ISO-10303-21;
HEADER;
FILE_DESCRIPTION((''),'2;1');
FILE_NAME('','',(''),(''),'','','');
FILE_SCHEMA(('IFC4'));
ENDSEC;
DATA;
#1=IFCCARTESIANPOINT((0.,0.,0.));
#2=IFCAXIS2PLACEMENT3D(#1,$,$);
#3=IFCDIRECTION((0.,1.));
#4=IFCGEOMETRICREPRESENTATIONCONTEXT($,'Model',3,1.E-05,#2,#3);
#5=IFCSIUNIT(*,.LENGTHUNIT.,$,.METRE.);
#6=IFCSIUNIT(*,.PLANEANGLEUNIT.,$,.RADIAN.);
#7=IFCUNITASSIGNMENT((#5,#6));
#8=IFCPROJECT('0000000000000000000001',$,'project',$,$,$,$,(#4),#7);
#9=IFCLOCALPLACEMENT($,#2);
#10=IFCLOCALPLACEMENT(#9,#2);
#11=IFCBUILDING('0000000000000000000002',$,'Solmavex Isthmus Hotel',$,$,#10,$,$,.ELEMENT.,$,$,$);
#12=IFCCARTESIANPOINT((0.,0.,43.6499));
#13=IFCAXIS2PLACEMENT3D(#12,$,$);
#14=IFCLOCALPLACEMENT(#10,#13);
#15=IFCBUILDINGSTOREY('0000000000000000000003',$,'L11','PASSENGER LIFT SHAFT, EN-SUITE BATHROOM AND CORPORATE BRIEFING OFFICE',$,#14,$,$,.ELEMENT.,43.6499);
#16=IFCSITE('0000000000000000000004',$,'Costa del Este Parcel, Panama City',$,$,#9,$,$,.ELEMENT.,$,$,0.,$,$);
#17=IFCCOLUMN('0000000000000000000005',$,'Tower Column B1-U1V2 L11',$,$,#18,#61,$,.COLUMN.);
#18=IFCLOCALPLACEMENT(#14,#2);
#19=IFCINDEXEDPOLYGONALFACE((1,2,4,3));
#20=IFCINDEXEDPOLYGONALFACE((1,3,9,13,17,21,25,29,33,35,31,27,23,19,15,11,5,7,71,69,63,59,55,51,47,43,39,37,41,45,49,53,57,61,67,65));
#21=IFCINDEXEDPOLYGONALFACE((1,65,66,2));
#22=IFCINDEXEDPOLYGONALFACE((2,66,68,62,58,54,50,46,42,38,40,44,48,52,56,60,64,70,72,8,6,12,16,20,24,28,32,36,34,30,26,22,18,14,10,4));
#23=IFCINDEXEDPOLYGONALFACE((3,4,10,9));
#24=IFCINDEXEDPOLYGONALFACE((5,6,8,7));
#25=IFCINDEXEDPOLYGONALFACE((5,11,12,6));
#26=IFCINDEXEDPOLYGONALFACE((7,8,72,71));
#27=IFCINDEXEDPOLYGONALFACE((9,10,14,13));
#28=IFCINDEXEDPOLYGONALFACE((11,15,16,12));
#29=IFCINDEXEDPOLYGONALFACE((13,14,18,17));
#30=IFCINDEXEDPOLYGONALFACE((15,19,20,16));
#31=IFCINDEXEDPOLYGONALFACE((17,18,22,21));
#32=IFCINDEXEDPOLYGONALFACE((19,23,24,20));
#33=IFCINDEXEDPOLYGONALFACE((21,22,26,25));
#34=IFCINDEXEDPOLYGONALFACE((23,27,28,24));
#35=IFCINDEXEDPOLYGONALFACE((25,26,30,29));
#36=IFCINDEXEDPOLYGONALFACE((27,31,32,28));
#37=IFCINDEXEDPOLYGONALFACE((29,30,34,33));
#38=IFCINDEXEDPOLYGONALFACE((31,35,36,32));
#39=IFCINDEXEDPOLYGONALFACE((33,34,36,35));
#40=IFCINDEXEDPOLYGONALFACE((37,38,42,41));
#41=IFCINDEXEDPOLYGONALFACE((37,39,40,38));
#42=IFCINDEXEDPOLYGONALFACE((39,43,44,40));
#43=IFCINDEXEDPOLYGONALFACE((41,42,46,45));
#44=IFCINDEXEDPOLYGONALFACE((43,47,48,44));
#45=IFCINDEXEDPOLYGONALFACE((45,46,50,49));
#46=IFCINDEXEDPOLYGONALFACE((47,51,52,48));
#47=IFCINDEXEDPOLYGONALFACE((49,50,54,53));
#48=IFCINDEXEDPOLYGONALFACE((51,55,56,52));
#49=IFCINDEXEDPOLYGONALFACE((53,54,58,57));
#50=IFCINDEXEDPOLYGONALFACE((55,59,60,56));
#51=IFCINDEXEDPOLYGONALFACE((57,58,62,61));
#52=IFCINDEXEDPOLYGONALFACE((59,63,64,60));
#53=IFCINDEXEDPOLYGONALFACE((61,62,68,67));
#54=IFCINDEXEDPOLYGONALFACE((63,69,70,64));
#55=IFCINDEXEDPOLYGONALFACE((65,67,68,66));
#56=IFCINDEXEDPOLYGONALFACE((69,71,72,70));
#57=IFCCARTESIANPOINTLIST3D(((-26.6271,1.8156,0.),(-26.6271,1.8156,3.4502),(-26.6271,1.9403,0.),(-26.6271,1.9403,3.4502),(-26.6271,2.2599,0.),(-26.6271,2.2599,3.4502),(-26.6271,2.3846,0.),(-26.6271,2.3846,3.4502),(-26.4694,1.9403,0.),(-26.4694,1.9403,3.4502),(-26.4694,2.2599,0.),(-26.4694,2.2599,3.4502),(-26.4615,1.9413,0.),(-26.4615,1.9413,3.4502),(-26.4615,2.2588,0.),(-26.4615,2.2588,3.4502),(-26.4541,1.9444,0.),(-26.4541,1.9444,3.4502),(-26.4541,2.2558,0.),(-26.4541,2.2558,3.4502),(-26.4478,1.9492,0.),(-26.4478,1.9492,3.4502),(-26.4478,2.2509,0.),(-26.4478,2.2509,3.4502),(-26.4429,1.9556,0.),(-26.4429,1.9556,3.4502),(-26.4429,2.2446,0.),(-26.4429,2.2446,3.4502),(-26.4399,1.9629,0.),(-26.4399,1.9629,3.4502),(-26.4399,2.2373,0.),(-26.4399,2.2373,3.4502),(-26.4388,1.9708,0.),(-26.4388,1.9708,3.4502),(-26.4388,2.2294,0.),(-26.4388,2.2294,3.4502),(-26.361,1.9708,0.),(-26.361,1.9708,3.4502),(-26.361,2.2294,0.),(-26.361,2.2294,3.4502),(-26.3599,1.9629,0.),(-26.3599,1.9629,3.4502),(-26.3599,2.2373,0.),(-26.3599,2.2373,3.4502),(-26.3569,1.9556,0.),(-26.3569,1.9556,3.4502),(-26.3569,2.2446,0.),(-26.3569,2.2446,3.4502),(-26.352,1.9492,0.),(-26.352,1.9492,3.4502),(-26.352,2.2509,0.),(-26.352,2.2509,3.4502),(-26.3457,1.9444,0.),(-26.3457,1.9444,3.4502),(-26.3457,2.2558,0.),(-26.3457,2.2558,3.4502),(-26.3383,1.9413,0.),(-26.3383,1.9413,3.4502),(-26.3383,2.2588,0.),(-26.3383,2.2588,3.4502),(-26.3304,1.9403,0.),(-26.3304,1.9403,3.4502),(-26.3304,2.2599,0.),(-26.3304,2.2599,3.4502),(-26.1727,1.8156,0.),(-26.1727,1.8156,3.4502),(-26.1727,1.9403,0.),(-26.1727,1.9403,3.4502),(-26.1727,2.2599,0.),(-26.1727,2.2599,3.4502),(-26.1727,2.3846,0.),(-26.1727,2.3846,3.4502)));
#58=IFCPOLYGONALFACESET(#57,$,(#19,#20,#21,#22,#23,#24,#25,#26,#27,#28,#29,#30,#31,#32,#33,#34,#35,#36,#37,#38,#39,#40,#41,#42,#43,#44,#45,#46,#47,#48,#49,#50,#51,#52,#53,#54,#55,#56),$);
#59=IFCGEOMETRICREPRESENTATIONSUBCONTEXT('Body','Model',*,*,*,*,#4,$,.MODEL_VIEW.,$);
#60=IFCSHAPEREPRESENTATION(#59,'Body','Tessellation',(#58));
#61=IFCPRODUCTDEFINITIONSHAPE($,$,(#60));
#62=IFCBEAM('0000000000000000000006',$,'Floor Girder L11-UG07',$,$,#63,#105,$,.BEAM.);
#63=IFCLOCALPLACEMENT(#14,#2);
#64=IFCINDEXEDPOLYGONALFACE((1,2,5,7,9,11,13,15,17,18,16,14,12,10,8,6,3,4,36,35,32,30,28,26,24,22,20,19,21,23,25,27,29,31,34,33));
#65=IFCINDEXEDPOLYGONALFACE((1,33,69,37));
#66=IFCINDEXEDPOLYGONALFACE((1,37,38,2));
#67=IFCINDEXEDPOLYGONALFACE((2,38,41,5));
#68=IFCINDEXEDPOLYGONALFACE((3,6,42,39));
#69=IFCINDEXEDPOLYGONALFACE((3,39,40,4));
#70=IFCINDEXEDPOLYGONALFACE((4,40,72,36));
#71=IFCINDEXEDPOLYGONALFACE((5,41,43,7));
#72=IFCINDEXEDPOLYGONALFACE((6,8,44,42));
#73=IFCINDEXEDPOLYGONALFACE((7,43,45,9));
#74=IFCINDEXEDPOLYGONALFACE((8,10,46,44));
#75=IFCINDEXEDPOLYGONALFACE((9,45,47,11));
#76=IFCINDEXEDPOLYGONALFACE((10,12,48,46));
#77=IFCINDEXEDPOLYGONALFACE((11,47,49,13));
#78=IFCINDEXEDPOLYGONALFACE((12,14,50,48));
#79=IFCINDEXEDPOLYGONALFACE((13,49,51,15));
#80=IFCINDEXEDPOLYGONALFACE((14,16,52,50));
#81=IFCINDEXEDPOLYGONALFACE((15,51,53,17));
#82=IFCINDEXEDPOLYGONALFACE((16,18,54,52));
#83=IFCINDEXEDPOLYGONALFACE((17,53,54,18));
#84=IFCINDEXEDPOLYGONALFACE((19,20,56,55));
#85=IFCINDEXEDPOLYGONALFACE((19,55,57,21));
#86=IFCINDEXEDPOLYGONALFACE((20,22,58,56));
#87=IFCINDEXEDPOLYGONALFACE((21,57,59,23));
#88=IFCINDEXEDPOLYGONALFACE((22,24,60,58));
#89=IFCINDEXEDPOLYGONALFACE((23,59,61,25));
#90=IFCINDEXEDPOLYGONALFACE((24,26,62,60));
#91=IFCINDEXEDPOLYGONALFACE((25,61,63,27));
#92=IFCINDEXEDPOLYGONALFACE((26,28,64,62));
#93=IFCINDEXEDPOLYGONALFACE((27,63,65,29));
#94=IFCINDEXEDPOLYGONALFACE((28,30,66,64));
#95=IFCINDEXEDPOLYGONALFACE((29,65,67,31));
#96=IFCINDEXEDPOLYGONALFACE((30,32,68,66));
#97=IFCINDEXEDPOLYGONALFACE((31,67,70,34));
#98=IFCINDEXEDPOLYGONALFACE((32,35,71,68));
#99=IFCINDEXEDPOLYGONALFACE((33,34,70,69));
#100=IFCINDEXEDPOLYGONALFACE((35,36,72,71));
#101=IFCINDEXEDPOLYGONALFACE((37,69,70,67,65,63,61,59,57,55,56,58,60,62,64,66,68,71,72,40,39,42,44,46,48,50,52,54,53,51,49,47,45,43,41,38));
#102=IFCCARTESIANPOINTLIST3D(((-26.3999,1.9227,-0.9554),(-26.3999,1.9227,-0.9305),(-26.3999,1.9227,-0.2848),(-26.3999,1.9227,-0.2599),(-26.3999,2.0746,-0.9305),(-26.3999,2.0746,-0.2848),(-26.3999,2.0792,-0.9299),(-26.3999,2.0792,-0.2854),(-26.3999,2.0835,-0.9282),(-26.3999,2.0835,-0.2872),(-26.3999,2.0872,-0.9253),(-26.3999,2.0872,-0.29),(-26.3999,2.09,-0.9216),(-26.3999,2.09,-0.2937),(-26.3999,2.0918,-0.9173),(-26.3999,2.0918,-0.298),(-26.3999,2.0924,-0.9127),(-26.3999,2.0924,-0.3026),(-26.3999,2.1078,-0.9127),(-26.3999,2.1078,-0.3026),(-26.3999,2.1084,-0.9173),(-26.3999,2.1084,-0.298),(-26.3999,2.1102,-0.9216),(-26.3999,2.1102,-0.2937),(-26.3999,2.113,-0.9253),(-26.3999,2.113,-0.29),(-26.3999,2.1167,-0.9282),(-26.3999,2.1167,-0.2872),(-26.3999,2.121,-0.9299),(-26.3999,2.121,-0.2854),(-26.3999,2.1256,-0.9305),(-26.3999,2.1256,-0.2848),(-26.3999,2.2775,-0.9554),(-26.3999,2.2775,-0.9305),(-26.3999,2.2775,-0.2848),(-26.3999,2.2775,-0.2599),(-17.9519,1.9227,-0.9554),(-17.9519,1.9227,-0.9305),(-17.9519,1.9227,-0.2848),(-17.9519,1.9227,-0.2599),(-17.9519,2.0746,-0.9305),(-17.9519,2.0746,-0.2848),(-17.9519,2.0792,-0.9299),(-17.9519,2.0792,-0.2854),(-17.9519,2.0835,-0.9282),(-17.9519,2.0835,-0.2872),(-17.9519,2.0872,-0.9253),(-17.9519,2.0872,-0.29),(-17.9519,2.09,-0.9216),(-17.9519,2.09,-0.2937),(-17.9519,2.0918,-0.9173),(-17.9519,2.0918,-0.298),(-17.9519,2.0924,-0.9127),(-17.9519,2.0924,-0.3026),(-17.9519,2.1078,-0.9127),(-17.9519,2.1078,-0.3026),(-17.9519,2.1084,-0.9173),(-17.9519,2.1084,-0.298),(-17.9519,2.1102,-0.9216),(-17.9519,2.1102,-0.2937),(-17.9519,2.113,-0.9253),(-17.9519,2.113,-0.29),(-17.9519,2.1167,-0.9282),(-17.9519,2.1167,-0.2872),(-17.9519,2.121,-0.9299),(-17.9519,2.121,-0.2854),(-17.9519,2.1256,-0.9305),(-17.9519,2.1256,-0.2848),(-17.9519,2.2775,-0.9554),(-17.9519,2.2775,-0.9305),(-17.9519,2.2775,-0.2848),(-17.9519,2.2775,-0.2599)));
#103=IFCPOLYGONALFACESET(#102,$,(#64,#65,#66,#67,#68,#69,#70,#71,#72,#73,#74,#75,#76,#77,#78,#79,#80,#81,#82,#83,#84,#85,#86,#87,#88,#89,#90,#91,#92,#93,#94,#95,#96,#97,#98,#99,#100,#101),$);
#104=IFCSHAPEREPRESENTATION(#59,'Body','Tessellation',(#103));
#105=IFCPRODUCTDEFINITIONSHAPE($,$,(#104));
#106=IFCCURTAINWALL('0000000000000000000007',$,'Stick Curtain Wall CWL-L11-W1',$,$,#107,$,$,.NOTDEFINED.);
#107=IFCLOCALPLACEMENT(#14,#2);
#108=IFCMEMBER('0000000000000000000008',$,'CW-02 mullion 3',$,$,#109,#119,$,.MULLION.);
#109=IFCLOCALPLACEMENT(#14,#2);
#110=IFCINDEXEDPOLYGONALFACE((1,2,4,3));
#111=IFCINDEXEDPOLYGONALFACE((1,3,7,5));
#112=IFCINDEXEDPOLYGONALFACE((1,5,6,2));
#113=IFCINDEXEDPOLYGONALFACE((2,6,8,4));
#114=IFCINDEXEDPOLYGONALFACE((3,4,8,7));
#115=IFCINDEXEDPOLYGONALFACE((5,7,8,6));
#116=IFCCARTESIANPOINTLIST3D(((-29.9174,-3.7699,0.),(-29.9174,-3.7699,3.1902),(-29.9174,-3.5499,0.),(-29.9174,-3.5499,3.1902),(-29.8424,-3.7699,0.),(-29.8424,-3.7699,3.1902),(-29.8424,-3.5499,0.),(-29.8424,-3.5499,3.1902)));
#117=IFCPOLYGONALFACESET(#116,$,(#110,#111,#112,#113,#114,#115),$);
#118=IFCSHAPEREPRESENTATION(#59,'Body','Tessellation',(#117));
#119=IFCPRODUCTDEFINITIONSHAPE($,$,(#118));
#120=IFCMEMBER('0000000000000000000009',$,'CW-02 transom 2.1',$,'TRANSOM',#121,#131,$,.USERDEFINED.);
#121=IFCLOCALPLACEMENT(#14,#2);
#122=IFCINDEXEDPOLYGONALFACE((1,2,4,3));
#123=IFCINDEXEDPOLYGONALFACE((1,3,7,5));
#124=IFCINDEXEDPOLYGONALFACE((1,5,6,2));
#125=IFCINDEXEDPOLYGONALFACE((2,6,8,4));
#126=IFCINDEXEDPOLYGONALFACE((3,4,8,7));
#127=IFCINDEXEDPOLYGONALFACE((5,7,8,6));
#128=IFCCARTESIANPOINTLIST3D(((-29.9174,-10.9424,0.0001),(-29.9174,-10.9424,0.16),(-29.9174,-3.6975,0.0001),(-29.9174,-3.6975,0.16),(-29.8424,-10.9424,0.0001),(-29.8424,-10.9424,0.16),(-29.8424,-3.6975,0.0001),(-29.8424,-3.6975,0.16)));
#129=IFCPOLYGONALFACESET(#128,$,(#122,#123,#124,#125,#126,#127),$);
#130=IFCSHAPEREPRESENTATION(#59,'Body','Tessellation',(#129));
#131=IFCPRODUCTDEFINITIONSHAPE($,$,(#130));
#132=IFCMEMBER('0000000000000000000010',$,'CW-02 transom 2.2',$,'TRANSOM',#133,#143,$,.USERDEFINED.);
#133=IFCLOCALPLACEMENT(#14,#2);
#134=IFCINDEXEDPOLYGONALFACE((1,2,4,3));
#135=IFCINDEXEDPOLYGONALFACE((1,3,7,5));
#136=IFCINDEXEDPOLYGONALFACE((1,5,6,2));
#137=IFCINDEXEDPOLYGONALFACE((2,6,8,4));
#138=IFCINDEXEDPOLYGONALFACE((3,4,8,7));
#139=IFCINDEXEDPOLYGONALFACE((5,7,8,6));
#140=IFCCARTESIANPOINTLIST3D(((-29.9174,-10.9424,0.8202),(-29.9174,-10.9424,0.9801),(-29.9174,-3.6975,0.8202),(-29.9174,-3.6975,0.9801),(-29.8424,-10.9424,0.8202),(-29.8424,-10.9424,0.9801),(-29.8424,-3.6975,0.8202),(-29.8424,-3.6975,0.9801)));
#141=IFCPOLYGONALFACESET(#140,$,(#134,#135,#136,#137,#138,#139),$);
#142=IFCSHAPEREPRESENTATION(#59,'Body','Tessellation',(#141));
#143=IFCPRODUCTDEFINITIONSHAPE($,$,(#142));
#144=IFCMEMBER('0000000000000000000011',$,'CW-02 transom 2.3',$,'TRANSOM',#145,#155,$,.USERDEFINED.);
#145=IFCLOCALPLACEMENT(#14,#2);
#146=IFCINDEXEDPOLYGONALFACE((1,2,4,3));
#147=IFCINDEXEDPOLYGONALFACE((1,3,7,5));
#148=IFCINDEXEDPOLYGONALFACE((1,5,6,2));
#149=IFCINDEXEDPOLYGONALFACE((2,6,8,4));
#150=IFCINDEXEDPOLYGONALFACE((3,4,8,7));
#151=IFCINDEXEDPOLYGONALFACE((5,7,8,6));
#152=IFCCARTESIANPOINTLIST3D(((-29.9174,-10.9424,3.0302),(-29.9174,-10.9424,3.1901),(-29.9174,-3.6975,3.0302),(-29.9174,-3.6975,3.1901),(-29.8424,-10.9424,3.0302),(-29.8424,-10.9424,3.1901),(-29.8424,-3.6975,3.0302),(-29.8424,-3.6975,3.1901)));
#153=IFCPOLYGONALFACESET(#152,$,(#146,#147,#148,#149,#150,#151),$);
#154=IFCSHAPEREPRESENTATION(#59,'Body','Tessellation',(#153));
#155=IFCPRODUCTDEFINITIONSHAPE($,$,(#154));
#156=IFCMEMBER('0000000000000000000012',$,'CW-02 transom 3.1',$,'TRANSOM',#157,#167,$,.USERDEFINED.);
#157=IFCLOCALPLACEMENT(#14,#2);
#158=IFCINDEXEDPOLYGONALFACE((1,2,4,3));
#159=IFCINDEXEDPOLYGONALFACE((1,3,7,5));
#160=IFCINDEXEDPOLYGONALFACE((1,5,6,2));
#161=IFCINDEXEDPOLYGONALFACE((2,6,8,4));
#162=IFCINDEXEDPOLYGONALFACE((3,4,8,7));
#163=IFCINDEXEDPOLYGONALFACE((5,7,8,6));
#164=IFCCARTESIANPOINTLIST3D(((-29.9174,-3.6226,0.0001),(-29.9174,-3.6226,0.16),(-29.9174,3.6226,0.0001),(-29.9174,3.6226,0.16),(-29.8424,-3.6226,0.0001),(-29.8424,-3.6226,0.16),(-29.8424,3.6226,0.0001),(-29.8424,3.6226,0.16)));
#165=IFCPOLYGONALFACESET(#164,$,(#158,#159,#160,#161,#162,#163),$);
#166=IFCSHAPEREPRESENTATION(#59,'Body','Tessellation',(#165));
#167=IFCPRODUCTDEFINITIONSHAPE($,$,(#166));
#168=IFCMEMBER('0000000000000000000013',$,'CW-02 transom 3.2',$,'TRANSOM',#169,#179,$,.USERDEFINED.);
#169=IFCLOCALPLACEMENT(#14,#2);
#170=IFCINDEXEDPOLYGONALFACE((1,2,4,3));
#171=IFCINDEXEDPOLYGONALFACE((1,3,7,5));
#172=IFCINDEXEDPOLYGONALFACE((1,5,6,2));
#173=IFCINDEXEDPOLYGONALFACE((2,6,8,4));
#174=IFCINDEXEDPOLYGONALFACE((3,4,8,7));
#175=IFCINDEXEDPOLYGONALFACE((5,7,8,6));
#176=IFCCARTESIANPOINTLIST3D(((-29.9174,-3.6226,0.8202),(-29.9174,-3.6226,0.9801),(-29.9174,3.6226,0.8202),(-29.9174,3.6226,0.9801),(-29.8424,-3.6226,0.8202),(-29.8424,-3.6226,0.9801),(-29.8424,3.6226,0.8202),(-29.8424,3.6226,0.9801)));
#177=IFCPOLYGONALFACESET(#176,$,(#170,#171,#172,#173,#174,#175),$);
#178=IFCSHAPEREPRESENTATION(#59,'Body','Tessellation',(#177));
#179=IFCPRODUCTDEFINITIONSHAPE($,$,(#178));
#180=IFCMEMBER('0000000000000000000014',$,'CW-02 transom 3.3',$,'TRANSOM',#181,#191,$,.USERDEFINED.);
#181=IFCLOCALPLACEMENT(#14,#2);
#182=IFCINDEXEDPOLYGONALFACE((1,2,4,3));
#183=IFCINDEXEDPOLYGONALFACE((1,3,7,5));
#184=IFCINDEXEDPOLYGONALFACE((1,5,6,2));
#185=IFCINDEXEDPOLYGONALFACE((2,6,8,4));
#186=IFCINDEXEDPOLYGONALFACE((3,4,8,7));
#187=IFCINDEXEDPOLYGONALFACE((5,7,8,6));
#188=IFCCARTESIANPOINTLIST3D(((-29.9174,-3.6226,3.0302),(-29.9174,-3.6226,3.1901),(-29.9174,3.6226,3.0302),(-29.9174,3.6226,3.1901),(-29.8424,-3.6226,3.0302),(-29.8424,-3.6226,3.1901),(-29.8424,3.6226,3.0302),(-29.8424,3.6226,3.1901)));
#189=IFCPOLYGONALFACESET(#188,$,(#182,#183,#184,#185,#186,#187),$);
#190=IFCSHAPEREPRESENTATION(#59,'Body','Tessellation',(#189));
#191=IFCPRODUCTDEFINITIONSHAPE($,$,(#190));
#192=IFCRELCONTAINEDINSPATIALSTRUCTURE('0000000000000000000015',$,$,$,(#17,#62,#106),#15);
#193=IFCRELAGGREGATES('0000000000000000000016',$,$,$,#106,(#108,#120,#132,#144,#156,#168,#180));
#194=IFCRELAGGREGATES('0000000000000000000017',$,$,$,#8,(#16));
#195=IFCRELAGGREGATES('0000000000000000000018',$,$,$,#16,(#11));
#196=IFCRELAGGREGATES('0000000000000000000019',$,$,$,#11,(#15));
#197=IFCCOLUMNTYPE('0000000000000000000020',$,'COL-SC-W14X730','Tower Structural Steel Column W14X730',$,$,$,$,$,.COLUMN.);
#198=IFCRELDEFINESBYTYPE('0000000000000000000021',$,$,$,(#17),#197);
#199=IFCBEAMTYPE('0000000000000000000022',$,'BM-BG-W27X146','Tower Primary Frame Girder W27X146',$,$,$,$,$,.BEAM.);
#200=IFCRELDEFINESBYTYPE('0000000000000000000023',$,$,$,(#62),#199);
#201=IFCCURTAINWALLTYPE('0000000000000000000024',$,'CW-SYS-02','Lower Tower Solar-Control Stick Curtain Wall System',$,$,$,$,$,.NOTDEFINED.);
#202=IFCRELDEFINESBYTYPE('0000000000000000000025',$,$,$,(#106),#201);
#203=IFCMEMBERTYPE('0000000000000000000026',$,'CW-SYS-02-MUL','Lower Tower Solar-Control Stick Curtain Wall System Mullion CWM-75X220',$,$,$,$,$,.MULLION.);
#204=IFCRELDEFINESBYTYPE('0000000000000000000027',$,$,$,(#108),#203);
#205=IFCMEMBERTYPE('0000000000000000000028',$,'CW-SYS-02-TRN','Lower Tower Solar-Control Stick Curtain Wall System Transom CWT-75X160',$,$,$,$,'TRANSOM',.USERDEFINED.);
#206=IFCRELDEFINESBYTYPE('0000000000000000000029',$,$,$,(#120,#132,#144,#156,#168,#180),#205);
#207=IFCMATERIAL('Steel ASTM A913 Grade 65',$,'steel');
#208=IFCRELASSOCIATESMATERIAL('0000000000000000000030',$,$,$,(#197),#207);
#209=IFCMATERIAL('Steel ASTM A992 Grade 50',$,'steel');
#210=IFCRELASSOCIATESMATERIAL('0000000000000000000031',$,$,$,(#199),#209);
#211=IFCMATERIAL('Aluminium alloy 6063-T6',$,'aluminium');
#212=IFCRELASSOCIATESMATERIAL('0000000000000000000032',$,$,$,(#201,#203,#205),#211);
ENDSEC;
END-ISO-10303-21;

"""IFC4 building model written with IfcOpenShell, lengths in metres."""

from ifc_helpers import new_model, si_unit, direction, frame, origin, origin_2d, place, context, subcontext, project, spatial, rectangle, i_section, extrude, material, material_profile, profile_set, type_object, element, aggregate, save


model = new_model("IFC4")

# Units and contexts
model_context = context("Model", 3, precision=1e-05, world=origin(), true_north=direction((0.0, 1.0)))
body_context = subcontext(model_context, "Body", "Model", "MODEL_VIEW")
ifc_project = project(units=[si_unit("LENGTHUNIT", "METRE"), si_unit("PLANEANGLEUNIT", "RADIAN")], contexts=[model_context])

# Site, building, storey
site_placement = place(None, origin())
site = spatial("IfcSite", under=ifc_project, at=site_placement, Name="Costa del Este Parcel, Panama City", CompositionType="ELEMENT", RefElevation=0.0)
building_placement = place(site_placement, origin())
building = spatial("IfcBuilding", under=site, at=building_placement, Name="Solmavex Isthmus Hotel", CompositionType="ELEMENT")
storey_placement = place(building_placement, frame((0.0, 0.0, 43.6499)))
storey = spatial("IfcBuildingStorey", under=building, at=storey_placement, Name="L11", Description="PASSENGER LIFT SHAFT, EN-SUITE BATHROOM AND CORPORATE BRIEFING OFFICE", CompositionType="ELEMENT", Elevation=43.6499)

# Column
ifc_material_1 = material(Name="Steel ASTM A913 Grade 65", Category="steel")
ifc_material_profile_1 = material_profile(ifc_material_1, i_section(OverallWidth=0.4543, OverallDepth=0.5691, WebThickness=0.0779, FlangeThickness=0.1248, FilletRadius=0.0305, at=origin_2d()), Name="W14X730")
ifc_profile_set_1 = profile_set([ifc_material_profile_1], Name="Steel ASTM A913 Grade 65")
column_type = type_object("IfcColumnType", Name="COL-SC-W14X730", Description="Tower Structural Steel Column W14X730", PredefinedType="COLUMN", material=ifc_profile_set_1)
column_placement = place(storey_placement, frame((-26.3999, 2.1001, 0.0), z_axis=(0.0, 0.0, 1.0), x_axis=(1.0, 0.0, 0.0)))
element("IfcColumn", 1, at=column_placement, inside=storey, type_object=column_type, Name="Tower Column B1-U1V2 L11", PredefinedType="COLUMN", context=body_context, shape_type="SweptSolid", body=[
    extrude(i_section(OverallWidth=0.4543, OverallDepth=0.5691, WebThickness=0.0779, FlangeThickness=0.1248, FilletRadius=0.0305, at=origin_2d()), origin(), (0.0, 0.0, 1.0), 3.4502),
])

# Beam
ifc_material_2 = material(Name="Steel ASTM A992 Grade 50", Category="steel")
ifc_material_profile_2 = material_profile(ifc_material_2, i_section(OverallWidth=0.3547, OverallDepth=0.6956, WebThickness=0.0154, FlangeThickness=0.0249, FilletRadius=0.0178, at=origin_2d()), Name="W27X146")
ifc_profile_set_2 = profile_set([ifc_material_profile_2], Name="Steel ASTM A992 Grade 50")
beam_type = type_object("IfcBeamType", Name="BM-BG-W27X146", Description="Tower Primary Frame Girder W27X146", PredefinedType="BEAM", material=ifc_profile_set_2)
beam_placement = place(storey_placement, frame((-26.3999, 2.1001, -0.6077), z_axis=(1.0, 0.0, 0.0), x_axis=(0.0, 1.0, 0.0)))
element("IfcBeam", 2, at=beam_placement, inside=storey, type_object=beam_type, Name="Floor Girder L11-UG07", PredefinedType="BEAM", context=body_context, shape_type="SweptSolid", body=[
    extrude(i_section(OverallWidth=0.3547, OverallDepth=0.6956, WebThickness=0.0154, FlangeThickness=0.0249, FilletRadius=0.0178, at=origin_2d()), origin(), (0.0, 0.0, 1.0), 8.448),
])

# Curtain wall, members
ifc_material_3 = material(Name="Aluminium alloy 6063-T6", Category="aluminium")
curtain_wall_type = type_object("IfcCurtainWallType", Name="CW-SYS-02", Description="Lower Tower Solar-Control Stick Curtain Wall System", PredefinedType="NOTDEFINED", material=ifc_material_3)
curtain_wall_placement = place(storey_placement, origin())
curtain_wall = element("IfcCurtainWall", 3, at=curtain_wall_placement, inside=storey, type_object=curtain_wall_type, Name="Stick Curtain Wall CWL-L11-W1", PredefinedType="NOTDEFINED")
ifc_material_profile_3 = material_profile(ifc_material_3, rectangle(XDim=0.075, YDim=0.22, at=origin_2d()), Name="CWM-75X220")
ifc_profile_set_3 = profile_set([ifc_material_profile_3], Name="Aluminium alloy 6063-T6")
member_type_1 = type_object("IfcMemberType", Name="CW-SYS-02-MUL", Description="Lower Tower Solar-Control Stick Curtain Wall System Mullion CWM-75X220", PredefinedType="MULLION", material=ifc_profile_set_3)
member_1_placement = place(storey_placement, frame((-29.8799, -3.6599, 0.0), z_axis=(0.0, 0.0, 1.0), x_axis=(-1.0, 0.0, 0.0)))
member_1 = element("IfcMember", 4, at=member_1_placement, type_object=member_type_1, Name="CW-02 mullion 3", PredefinedType="MULLION", context=body_context, shape_type="SweptSolid", body=[
    extrude(rectangle(XDim=0.075, YDim=0.22, at=origin_2d()), origin(), (0.0, 0.0, 1.0), 3.1902),
])
ifc_material_profile_4 = material_profile(ifc_material_3, rectangle(XDim=0.075, YDim=0.1599, at=origin_2d()), Name="CWT-75X160")
ifc_profile_set_4 = profile_set([ifc_material_profile_4], Name="Aluminium alloy 6063-T6")
member_type_2 = type_object("IfcMemberType", Name="CW-SYS-02-TRN", Description="Lower Tower Solar-Control Stick Curtain Wall System Transom CWT-75X160", ElementType="TRANSOM", PredefinedType="USERDEFINED", material=ifc_profile_set_4)
member_2_placement = place(storey_placement, frame((-29.8799, -10.9424, 0.0801), z_axis=(0.0, 1.0, 0.0), x_axis=(-1.0, 0.0, 0.0)))
member_2 = element("IfcMember", 5, at=member_2_placement, type_object=member_type_2, Name="CW-02 transom 2.1", ObjectType="TRANSOM", PredefinedType="USERDEFINED", context=body_context, shape_type="SweptSolid", body=[
    extrude(rectangle(XDim=0.075, YDim=0.1599, at=origin_2d()), origin(), (0.0, 0.0, 1.0), 7.2449),
])
member_3_placement = place(storey_placement, frame((-29.8799, -10.9424, 0.9001), z_axis=(0.0, 1.0, 0.0), x_axis=(-1.0, 0.0, 0.0)))
member_3 = element("IfcMember", 6, at=member_3_placement, type_object=member_type_2, Name="CW-02 transom 2.2", ObjectType="TRANSOM", PredefinedType="USERDEFINED", context=body_context, shape_type="SweptSolid", body=[
    extrude(rectangle(XDim=0.075, YDim=0.1599, at=origin_2d()), origin(), (0.0, 0.0, 1.0), 7.2449),
])
member_4_placement = place(storey_placement, frame((-29.8799, -10.9424, 3.1101), z_axis=(0.0, 1.0, 0.0), x_axis=(-1.0, 0.0, 0.0)))
member_4 = element("IfcMember", 7, at=member_4_placement, type_object=member_type_2, Name="CW-02 transom 2.3", ObjectType="TRANSOM", PredefinedType="USERDEFINED", context=body_context, shape_type="SweptSolid", body=[
    extrude(rectangle(XDim=0.075, YDim=0.1599, at=origin_2d()), origin(), (0.0, 0.0, 1.0), 7.2449),
])
member_5_placement = place(storey_placement, frame((-29.8799, -3.6226, 0.0801), z_axis=(0.0, 1.0, 0.0), x_axis=(-1.0, 0.0, 0.0)))
member_5 = element("IfcMember", 8, at=member_5_placement, type_object=member_type_2, Name="CW-02 transom 3.1", ObjectType="TRANSOM", PredefinedType="USERDEFINED", context=body_context, shape_type="SweptSolid", body=[
    extrude(rectangle(XDim=0.075, YDim=0.1599, at=origin_2d()), origin(), (0.0, 0.0, 1.0), 7.2451),
])
member_6_placement = place(storey_placement, frame((-29.8799, -3.6226, 0.9001), z_axis=(0.0, 1.0, 0.0), x_axis=(-1.0, 0.0, 0.0)))
member_6 = element("IfcMember", 9, at=member_6_placement, type_object=member_type_2, Name="CW-02 transom 3.2", ObjectType="TRANSOM", PredefinedType="USERDEFINED", context=body_context, shape_type="SweptSolid", body=[
    extrude(rectangle(XDim=0.075, YDim=0.1599, at=origin_2d()), origin(), (0.0, 0.0, 1.0), 7.2451),
])
member_7_placement = place(storey_placement, frame((-29.8799, -3.6226, 3.1101), z_axis=(0.0, 1.0, 0.0), x_axis=(-1.0, 0.0, 0.0)))
member_7 = element("IfcMember", 10, at=member_7_placement, type_object=member_type_2, Name="CW-02 transom 3.3", ObjectType="TRANSOM", PredefinedType="USERDEFINED", context=body_context, shape_type="SweptSolid", body=[
    extrude(rectangle(XDim=0.075, YDim=0.1599, at=origin_2d()), origin(), (0.0, 0.0, 1.0), 7.2451),
])
aggregate(curtain_wall, [member_1, member_2, member_3, member_4, member_5, member_6, member_7])

save(model, "model.ifc")
